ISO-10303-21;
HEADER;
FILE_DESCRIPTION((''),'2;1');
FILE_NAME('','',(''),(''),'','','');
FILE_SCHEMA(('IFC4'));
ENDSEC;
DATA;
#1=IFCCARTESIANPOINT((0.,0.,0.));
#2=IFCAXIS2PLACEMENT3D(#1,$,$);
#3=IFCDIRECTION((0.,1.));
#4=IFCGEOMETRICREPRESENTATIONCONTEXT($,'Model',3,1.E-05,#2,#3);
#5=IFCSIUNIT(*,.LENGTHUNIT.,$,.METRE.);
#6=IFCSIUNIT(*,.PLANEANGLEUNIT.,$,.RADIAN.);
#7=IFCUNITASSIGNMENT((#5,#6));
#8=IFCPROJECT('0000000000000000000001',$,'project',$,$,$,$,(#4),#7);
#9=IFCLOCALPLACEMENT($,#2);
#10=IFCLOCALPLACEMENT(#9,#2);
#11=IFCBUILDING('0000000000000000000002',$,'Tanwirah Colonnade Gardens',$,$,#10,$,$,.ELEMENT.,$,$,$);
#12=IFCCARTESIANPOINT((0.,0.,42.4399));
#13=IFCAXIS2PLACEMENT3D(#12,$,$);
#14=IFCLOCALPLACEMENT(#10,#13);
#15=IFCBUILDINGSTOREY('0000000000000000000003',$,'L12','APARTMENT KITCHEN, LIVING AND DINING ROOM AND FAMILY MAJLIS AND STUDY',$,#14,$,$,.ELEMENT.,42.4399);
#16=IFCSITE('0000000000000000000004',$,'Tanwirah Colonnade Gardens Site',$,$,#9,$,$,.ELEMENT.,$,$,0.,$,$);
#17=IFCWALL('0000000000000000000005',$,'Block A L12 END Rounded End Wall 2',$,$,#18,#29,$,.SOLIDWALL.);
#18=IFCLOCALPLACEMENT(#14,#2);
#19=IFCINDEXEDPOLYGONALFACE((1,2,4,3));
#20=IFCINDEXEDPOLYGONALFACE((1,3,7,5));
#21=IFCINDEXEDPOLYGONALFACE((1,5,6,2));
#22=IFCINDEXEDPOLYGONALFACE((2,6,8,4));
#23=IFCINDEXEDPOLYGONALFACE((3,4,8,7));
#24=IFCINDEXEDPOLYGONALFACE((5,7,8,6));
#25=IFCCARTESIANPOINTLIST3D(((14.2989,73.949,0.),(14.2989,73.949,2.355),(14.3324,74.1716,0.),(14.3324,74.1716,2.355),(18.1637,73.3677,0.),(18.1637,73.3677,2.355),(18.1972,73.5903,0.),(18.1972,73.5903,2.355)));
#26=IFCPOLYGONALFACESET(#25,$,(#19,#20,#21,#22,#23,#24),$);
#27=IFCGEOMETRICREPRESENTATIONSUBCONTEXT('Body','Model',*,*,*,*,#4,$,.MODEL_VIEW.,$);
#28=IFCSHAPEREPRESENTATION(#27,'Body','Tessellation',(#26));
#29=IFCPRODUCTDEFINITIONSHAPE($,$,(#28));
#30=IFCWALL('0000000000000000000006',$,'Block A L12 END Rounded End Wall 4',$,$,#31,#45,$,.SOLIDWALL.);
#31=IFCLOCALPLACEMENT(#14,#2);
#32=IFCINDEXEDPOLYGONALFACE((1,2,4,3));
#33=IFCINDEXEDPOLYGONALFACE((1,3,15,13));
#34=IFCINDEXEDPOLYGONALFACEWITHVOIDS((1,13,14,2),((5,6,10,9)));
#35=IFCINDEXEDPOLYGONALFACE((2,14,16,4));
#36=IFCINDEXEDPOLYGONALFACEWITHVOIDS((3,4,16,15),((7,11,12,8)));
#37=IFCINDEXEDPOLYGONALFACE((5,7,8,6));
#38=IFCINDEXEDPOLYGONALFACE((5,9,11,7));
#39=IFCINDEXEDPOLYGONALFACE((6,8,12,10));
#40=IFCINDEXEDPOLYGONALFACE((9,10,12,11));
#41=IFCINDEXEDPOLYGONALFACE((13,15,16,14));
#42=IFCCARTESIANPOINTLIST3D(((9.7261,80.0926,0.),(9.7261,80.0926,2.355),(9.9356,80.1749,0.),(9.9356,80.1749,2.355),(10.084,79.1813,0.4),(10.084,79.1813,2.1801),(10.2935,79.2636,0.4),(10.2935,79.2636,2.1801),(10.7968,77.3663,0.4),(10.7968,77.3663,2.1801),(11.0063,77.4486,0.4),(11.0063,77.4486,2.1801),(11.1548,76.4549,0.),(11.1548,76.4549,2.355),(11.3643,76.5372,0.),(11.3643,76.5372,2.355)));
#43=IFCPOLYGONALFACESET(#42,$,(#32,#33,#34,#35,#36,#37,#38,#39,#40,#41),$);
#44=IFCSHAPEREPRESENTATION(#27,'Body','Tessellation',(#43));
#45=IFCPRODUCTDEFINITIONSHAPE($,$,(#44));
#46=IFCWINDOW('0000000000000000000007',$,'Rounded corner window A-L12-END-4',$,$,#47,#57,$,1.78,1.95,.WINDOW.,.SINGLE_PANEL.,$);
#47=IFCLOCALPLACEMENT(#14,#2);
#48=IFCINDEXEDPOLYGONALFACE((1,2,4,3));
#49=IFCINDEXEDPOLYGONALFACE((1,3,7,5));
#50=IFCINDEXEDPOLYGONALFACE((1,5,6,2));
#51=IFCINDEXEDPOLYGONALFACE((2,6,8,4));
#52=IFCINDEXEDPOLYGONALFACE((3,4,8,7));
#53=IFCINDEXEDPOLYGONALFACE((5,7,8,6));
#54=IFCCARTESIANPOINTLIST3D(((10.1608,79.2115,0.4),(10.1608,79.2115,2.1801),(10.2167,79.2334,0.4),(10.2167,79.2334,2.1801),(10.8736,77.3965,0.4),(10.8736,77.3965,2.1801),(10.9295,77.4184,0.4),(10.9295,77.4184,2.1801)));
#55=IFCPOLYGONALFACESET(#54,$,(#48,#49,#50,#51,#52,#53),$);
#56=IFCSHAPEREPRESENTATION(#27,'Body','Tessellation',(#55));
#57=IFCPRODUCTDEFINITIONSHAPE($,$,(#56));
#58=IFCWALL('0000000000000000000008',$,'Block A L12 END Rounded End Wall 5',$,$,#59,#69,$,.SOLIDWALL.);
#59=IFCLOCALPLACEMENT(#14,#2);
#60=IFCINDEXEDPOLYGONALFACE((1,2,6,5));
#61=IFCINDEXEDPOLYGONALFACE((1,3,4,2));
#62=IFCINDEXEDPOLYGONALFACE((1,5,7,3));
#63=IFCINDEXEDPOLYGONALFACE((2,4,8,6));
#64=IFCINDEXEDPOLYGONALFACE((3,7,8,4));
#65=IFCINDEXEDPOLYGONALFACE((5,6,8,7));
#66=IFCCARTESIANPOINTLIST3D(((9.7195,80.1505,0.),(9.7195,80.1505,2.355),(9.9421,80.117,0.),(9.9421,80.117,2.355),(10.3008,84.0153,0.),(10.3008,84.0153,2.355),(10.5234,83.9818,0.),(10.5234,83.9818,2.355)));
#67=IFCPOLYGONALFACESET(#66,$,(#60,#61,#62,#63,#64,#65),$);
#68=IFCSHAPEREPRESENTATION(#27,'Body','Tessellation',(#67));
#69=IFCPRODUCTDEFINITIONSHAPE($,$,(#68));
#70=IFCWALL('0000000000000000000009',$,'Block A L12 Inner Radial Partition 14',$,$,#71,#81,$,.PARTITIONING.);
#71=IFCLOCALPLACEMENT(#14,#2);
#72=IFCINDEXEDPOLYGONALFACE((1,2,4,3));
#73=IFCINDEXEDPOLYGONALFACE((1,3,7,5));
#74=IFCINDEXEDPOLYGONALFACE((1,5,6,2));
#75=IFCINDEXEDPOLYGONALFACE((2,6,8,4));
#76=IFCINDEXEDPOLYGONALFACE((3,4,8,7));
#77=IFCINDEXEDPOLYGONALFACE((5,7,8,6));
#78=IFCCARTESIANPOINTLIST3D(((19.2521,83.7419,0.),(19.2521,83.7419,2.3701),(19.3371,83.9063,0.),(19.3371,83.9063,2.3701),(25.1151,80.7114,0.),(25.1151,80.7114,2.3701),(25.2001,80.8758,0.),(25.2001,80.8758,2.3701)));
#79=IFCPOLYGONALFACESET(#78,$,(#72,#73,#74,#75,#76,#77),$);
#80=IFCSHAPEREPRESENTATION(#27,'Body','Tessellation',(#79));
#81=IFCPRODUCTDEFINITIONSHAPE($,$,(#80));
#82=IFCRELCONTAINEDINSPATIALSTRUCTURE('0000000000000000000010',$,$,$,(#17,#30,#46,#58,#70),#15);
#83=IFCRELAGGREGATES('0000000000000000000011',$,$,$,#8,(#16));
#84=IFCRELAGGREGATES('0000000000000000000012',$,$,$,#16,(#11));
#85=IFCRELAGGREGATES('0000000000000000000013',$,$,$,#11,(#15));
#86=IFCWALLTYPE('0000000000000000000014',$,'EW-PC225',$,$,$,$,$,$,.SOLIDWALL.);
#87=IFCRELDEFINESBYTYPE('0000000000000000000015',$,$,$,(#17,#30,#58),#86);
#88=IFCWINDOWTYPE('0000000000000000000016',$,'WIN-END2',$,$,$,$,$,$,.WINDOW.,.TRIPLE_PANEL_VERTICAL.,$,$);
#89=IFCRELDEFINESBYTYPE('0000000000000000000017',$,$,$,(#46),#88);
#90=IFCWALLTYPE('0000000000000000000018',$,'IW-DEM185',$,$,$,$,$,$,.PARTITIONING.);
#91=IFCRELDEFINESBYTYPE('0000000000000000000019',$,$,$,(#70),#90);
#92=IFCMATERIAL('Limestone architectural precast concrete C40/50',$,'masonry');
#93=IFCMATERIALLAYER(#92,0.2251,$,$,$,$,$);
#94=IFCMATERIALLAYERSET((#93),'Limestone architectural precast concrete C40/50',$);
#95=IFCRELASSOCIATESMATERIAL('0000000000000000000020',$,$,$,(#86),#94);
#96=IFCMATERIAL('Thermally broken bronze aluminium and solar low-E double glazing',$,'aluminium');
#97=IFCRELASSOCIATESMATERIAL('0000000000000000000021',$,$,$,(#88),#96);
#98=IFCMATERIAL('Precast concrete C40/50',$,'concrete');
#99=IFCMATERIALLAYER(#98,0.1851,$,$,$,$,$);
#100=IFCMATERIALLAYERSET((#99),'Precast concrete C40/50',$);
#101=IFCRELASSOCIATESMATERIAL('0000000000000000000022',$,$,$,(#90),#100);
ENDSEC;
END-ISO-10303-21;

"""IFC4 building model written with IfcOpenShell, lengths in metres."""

from ifc_helpers import new_model, si_unit, direction, frame, frame_2d, origin, place, context, subcontext, project, spatial, rectangle, extrude, material, layer, layer_set, type_object, element, fill, save


model = new_model("IFC4")

# Units and contexts
model_context = context("Model", 3, precision=1e-05, world=origin(), true_north=direction((0.0, 1.0)))
body_context = subcontext(model_context, "Body", "Model", "MODEL_VIEW")
ifc_project = project(units=[si_unit("LENGTHUNIT", "METRE"), si_unit("PLANEANGLEUNIT", "RADIAN")], contexts=[model_context])

# Site, building, storey
site_placement = place(None, origin())
site = spatial("IfcSite", under=ifc_project, at=site_placement, Name="Tanwirah Colonnade Gardens Site", CompositionType="ELEMENT", RefElevation=0.0)
building_placement = place(site_placement, origin())
building = spatial("IfcBuilding", under=site, at=building_placement, Name="Tanwirah Colonnade Gardens", CompositionType="ELEMENT")
storey_placement = place(building_placement, frame((0.0, 0.0, 42.4399)))
storey = spatial("IfcBuildingStorey", under=building, at=storey_placement, Name="L12", Description="APARTMENT KITCHEN, LIVING AND DINING ROOM AND FAMILY MAJLIS AND STUDY", CompositionType="ELEMENT", Elevation=42.4399)

# Shared definitions
ifc_material_1 = material(Name="Precast concrete C40/50", Category="concrete")

# Shared definitions
ifc_material_2 = material(Name="Limestone architectural precast concrete C40/50", Category="masonry")
ifc_layer_1 = layer(ifc_material_2, 0.2251)
ifc_layer_set_1 = layer_set([ifc_layer_1], Name="Limestone architectural precast concrete C40/50")
wall_type_1 = type_object("IfcWallType", Name="EW-PC225", PredefinedType="SOLIDWALL", material=ifc_layer_set_1)
ifc_material_3 = material(Name="Thermally broken bronze aluminium and solar low-E double glazing", Category="aluminium")
window_type_1 = type_object("IfcWindowType", Name="WIN-END2", PartitioningType="TRIPLE_PANEL_VERTICAL", PredefinedType="WINDOW", material=ifc_material_3)

# Wall
wall_1_placement = place(storey_placement, frame((18.1804, 73.479, 0.0), z_axis=(0.0, 0.0, 1.0), x_axis=(-0.988877, 0.148738, 0.0)))
element("IfcWall", 1, at=wall_1_placement, inside=storey, type_object=wall_type_1, Name="Block A L12 END Rounded End Wall 2", PredefinedType="SOLIDWALL", context=body_context, shape_type="SweptSolid", body=[
    extrude(rectangle(XDim=3.9082, YDim=0.2251, at=frame_2d((1.9541, 0.0))), origin(), (0.0, 0.0, 1.0), 2.355),
])

# Wall, opening, window
wall_2_placement = place(storey_placement, frame((11.2595, 76.4961, 0.0), z_axis=(0.0, 0.0, 1.0), x_axis=(-0.365567, 0.930785, 0.0)))
wall_2 = element("IfcWall", 2, at=wall_2_placement, inside=storey, type_object=wall_type_1, Name="Block A L12 END Rounded End Wall 4", PredefinedType="SOLIDWALL", context=body_context, shape_type="SweptSolid", body=[
    extrude(rectangle(XDim=3.9082, YDim=0.2251, at=frame_2d((1.9541, 0.0))), origin(), (0.0, 0.0, 1.0), 2.355),
])
opening_1_placement = place(wall_2_placement, frame((0.979, 0.0, 0.3999)))
opening_1 = element("IfcOpeningElement", 3, at=opening_1_placement, cuts=wall_2, PredefinedType="OPENING", context=body_context, shape_type="SweptSolid", body=[
    extrude(rectangle(XDim=1.95, YDim=1.78, at=frame_2d((0.9751, 0.8901))), frame((0.0, 0.1226, 0.0), z_axis=(0.0, -1.0, 0.0), x_axis=(1.0, 0.0, 0.0)), (0.0, 0.0, 1.0), 0.2451),
])
window_1_placement = place(opening_1_placement, origin())
window_1 = element("IfcWindow", 4, at=window_1_placement, inside=storey, type_object=window_type_1, Name="Rounded corner window A-L12-END-4", OverallHeight=1.78, OverallWidth=1.95, PartitioningType="SINGLE_PANEL", PredefinedType="WINDOW", context=body_context, shape_type="SweptSolid", body=[
    extrude(rectangle(XDim=1.95, YDim=1.78, at=frame_2d((0.9751, 0.8901))), frame((0.0, 0.03, 0.0), z_axis=(0.0, -1.0, 0.0), x_axis=(1.0, 0.0, 0.0)), (0.0, 0.0, 1.0), 0.0601),
])
fill(opening_1, window_1)

# Walls
wall_3_placement = place(storey_placement, frame((9.8308, 80.1338, 0.0), z_axis=(0.0, 0.0, 1.0), x_axis=(0.148738, 0.988877, 0.0)))
element("IfcWall", 5, at=wall_3_placement, inside=storey, type_object=wall_type_1, Name="Block A L12 END Rounded End Wall 5", PredefinedType="SOLIDWALL", context=body_context, shape_type="SweptSolid", body=[
    extrude(rectangle(XDim=3.9082, YDim=0.2251, at=frame_2d((1.9541, 0.0))), origin(), (0.0, 0.0, 1.0), 2.355),
])
ifc_layer_2 = layer(ifc_material_1, 0.1851)
ifc_layer_set_2 = layer_set([ifc_layer_2], Name="Precast concrete C40/50")
wall_type_2 = type_object("IfcWallType", Name="IW-DEM185", PredefinedType="PARTITIONING", material=ifc_layer_set_2)
wall_4_placement = place(storey_placement, frame((25.1575, 80.7937, 0.0), z_axis=(0.0, 0.0, 1.0), x_axis=(-0.888347, 0.459173, 0.0)))
element("IfcWall", 6, at=wall_4_placement, inside=storey, type_object=wall_type_2, Name="Block A L12 Inner Radial Partition 14", PredefinedType="PARTITIONING", context=body_context, shape_type="SweptSolid", body=[
    extrude(rectangle(XDim=6.5999, YDim=0.1851, at=frame_2d((3.2998, 0.0))), origin(), (0.0, 0.0, 1.0), 2.3701),
])

save(model, "model.ifc")
